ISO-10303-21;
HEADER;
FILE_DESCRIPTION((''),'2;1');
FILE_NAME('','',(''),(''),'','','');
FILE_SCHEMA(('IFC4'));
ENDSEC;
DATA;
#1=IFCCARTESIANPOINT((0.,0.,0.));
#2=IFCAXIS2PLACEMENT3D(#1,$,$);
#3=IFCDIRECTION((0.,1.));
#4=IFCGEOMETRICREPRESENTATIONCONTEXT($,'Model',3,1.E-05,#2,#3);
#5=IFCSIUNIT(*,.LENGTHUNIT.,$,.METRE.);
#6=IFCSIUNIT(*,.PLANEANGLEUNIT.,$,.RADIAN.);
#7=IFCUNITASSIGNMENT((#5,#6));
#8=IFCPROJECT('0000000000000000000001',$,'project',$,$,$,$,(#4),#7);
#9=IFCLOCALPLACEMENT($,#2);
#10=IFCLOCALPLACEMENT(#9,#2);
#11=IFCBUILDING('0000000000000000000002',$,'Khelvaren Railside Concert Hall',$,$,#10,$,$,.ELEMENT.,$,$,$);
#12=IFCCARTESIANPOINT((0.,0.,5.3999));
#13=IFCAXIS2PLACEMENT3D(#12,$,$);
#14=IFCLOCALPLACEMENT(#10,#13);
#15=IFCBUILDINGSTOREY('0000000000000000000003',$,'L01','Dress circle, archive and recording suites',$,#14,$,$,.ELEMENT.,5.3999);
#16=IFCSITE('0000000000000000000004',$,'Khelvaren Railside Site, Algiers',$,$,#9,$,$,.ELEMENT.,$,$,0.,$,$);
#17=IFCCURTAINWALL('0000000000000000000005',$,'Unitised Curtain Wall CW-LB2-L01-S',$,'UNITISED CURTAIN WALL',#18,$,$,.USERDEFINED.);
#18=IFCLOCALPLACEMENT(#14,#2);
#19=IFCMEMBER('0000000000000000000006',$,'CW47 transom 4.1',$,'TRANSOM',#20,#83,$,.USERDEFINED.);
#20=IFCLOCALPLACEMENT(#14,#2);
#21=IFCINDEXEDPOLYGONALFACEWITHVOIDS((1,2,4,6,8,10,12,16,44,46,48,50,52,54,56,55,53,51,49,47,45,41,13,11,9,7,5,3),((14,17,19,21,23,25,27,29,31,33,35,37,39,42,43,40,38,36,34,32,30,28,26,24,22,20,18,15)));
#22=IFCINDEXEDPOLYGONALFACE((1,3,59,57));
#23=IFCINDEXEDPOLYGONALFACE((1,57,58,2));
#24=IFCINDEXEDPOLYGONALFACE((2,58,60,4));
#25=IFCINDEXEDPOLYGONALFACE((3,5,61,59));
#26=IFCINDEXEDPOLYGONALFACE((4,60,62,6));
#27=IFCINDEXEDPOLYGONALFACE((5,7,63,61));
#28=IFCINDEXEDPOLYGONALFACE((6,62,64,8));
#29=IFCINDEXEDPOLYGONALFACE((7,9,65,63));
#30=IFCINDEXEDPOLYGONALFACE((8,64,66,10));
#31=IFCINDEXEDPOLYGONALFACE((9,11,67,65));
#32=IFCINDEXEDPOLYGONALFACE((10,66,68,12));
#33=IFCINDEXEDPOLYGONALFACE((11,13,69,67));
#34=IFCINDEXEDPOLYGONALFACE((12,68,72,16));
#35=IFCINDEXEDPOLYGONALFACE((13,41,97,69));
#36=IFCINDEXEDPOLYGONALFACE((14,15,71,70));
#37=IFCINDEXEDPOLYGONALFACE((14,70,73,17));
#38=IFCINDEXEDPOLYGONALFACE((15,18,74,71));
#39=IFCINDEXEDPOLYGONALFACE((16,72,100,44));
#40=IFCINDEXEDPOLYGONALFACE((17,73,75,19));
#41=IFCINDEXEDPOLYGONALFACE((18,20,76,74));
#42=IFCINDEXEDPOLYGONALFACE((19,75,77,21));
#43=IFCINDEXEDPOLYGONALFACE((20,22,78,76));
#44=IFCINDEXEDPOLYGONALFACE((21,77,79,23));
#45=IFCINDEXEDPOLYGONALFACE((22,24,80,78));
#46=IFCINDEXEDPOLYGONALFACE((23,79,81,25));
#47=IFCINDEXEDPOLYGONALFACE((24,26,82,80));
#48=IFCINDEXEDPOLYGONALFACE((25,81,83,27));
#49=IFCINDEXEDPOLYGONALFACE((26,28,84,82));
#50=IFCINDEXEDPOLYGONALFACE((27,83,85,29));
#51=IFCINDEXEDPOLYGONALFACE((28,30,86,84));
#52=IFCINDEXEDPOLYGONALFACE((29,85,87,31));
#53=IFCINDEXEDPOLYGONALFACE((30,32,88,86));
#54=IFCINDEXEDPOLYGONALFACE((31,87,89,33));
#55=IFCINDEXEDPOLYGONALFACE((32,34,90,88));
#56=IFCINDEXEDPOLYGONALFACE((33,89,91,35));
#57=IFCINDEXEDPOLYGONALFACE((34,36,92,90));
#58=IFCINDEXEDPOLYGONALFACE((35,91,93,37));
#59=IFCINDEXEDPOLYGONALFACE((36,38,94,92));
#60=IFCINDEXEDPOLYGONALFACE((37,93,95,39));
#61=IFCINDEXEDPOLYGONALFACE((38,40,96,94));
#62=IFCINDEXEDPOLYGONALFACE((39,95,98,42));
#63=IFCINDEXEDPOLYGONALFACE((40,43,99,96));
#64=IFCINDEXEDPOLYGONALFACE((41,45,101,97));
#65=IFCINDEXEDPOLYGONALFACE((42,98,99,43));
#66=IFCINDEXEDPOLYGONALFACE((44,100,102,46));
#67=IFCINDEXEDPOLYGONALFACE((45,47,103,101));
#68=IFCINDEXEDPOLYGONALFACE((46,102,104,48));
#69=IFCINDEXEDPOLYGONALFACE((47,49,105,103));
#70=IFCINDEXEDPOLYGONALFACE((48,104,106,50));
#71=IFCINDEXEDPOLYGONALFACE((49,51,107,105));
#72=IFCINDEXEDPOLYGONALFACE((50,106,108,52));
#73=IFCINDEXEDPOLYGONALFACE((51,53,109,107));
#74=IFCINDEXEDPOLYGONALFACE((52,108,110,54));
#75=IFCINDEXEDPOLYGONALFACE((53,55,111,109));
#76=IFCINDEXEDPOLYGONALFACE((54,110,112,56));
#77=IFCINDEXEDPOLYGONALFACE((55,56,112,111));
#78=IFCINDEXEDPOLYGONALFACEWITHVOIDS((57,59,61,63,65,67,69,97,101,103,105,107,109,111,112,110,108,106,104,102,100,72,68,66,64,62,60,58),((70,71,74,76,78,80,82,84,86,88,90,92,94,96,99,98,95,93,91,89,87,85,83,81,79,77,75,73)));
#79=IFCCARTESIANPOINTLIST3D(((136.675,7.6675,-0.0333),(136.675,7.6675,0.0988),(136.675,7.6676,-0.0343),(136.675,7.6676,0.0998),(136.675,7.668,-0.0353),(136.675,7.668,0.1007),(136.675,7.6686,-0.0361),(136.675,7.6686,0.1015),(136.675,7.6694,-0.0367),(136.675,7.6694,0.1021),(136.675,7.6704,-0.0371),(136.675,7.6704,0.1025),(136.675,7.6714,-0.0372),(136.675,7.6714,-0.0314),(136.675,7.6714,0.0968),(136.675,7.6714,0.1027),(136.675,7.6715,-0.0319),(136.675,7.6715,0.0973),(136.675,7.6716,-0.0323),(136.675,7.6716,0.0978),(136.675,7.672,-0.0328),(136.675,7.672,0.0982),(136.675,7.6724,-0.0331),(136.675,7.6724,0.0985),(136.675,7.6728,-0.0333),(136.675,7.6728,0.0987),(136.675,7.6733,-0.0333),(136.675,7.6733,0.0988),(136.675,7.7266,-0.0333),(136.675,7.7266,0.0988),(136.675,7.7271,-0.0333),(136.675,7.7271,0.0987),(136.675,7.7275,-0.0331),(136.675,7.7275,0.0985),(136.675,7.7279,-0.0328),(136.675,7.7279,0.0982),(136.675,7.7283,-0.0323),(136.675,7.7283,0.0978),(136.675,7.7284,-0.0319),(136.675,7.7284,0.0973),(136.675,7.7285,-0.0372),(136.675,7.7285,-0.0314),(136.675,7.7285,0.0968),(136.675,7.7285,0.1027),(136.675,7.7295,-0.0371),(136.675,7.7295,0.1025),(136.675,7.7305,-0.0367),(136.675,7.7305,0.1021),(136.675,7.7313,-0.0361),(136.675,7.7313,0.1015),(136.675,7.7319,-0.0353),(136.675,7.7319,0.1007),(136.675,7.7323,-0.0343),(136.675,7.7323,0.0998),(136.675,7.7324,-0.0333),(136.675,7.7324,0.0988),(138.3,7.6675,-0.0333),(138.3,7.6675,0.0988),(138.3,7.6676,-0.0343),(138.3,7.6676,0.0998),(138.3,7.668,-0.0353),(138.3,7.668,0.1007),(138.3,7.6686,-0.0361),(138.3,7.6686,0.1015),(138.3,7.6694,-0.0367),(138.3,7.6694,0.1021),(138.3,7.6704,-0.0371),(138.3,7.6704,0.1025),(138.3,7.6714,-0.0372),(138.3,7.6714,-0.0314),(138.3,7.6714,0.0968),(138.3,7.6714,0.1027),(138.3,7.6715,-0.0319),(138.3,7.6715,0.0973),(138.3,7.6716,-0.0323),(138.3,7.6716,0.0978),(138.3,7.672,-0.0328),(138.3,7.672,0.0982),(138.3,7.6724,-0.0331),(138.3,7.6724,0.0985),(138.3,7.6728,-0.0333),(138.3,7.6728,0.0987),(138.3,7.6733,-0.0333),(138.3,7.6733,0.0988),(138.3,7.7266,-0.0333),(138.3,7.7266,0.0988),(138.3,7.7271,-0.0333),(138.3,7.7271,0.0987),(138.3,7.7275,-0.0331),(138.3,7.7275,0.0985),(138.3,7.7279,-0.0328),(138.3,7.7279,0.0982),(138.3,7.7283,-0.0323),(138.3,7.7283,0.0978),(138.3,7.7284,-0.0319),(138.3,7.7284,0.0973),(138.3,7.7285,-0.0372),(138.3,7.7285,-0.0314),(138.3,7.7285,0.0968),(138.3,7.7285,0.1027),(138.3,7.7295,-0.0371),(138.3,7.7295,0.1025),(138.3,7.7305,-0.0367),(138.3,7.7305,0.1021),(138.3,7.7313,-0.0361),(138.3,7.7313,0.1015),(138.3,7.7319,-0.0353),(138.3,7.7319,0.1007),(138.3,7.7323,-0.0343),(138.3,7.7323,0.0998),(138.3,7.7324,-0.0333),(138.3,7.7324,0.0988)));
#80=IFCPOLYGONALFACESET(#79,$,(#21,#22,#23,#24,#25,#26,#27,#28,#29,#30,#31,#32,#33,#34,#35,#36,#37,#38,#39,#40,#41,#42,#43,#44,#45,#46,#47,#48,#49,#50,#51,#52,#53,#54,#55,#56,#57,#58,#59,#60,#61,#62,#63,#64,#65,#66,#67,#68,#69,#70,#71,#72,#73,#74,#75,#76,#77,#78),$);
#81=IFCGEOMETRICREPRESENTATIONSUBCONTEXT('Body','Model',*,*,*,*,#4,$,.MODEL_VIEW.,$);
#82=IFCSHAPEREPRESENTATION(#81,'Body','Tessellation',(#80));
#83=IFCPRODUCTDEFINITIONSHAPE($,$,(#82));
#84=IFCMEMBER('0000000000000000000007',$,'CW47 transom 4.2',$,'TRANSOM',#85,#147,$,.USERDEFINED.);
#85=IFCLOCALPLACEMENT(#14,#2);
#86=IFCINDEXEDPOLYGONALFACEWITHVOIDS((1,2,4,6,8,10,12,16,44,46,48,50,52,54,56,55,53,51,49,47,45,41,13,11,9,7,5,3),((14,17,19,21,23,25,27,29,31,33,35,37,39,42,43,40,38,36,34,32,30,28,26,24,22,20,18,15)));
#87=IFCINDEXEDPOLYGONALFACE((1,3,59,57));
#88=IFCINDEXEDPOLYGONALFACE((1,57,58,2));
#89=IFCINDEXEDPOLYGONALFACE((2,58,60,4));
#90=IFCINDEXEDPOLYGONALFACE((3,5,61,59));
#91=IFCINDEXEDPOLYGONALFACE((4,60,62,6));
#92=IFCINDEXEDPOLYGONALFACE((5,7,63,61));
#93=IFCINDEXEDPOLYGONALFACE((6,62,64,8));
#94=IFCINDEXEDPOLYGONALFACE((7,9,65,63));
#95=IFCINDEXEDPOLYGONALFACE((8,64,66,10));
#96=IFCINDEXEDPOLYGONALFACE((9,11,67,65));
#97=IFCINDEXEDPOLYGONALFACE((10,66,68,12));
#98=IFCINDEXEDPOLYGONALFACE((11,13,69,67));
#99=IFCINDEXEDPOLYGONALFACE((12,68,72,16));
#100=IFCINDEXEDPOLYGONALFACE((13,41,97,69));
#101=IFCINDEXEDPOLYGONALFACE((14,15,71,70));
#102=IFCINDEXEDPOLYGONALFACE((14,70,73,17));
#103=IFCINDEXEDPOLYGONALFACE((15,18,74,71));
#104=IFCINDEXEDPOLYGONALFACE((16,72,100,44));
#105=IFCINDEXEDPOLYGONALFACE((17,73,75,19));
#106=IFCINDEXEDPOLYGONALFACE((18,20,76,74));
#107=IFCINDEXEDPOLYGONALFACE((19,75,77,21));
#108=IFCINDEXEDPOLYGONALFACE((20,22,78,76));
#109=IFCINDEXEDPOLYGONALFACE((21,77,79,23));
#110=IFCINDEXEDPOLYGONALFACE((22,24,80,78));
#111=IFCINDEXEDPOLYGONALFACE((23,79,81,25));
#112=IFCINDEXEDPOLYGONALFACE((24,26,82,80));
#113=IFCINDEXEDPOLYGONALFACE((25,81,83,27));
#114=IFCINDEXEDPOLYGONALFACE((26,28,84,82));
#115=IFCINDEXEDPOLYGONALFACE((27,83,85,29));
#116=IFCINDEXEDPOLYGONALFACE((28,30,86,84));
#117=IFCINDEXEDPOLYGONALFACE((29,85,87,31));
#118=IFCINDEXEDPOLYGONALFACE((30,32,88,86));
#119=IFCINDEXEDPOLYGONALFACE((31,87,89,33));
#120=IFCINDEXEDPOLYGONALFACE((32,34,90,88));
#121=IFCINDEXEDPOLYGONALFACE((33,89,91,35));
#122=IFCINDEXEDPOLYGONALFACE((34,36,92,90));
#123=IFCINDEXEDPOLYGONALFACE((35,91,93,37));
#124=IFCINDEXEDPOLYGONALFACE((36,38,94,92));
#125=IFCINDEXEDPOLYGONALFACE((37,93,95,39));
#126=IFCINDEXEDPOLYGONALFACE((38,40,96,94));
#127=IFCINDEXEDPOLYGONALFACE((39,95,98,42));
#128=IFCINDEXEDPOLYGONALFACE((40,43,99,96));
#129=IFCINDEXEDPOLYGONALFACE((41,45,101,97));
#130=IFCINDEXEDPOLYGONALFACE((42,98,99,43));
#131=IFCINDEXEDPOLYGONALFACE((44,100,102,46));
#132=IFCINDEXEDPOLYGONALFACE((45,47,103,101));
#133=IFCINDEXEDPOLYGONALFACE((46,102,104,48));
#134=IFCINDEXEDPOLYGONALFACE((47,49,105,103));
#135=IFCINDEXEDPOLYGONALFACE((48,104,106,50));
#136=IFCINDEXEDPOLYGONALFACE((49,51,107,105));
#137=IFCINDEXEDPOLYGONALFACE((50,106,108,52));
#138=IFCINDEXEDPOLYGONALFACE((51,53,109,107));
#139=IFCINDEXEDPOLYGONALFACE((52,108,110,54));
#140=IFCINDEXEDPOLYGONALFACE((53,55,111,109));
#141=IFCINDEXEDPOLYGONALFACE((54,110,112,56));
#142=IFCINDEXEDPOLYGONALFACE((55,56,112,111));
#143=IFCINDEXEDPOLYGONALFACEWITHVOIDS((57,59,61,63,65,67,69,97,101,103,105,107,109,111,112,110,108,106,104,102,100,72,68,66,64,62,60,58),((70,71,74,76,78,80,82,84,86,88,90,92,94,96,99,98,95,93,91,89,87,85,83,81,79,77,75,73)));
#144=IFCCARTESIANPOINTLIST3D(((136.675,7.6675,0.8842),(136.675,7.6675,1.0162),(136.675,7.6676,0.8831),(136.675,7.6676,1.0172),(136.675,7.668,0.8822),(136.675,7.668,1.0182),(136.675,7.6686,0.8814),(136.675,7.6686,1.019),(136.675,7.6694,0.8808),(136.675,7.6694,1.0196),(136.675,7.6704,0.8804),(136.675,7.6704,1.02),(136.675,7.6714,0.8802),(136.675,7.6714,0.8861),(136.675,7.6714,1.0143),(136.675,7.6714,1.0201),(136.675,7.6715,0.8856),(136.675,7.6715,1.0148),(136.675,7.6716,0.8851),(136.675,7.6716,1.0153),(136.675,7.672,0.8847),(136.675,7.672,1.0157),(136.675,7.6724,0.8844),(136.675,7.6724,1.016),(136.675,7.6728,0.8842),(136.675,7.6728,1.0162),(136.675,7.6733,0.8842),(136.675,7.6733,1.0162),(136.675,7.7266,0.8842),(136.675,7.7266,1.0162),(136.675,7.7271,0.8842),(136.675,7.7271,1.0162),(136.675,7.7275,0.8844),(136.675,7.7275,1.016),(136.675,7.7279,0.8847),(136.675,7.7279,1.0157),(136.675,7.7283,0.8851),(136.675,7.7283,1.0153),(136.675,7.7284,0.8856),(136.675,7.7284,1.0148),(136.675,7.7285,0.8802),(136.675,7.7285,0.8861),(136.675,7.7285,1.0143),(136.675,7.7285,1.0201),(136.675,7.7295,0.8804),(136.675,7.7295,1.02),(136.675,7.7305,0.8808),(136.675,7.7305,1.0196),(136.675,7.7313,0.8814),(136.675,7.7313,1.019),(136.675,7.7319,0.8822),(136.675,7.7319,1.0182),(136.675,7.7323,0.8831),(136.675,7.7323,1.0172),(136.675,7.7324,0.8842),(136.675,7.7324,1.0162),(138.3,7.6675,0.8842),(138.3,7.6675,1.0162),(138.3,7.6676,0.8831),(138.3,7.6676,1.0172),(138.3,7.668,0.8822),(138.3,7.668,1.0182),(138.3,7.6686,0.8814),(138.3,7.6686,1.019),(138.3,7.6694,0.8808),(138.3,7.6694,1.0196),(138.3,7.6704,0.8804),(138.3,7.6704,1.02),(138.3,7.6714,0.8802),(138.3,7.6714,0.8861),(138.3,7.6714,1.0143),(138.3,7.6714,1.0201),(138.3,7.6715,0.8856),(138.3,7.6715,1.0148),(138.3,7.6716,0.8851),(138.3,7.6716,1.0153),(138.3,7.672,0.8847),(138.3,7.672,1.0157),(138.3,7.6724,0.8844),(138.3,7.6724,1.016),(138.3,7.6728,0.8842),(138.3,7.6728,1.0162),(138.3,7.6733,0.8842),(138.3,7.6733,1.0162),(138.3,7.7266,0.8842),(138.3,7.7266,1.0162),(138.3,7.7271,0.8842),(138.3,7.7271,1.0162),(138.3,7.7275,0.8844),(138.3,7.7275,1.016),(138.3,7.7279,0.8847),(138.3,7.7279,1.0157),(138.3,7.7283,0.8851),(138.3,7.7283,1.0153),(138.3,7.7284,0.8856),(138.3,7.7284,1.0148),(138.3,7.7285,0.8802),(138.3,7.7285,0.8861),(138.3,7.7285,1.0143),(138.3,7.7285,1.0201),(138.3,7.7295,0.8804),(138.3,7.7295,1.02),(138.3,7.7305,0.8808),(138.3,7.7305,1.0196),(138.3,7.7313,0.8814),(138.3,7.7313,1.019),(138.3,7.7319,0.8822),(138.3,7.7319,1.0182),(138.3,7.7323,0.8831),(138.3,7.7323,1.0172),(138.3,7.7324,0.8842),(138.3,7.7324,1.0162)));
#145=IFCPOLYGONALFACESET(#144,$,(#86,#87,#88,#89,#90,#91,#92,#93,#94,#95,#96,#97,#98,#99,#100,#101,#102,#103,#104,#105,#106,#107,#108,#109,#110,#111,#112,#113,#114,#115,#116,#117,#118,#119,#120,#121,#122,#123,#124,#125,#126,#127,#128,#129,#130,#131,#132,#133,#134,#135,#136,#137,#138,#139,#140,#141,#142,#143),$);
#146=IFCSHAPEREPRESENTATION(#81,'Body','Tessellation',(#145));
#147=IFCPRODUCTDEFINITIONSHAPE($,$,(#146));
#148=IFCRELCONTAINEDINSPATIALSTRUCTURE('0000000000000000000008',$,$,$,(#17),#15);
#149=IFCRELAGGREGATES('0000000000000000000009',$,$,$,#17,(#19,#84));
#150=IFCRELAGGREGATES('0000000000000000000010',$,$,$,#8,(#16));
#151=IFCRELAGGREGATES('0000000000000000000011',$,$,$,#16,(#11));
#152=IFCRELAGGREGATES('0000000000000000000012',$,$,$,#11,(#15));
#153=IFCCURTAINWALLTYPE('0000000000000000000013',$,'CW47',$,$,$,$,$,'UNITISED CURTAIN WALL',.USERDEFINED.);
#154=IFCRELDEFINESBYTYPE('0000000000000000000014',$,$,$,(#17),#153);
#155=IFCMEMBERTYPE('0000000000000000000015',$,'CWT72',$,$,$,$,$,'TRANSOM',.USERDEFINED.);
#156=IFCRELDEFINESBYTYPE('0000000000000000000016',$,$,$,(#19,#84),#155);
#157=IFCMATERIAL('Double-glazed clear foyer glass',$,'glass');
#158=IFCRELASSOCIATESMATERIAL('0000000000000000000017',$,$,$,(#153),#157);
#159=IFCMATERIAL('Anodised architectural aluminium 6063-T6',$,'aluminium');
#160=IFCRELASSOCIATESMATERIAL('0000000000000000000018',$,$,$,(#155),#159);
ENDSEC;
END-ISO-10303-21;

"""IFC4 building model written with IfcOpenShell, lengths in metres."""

from ifc_helpers import new_model, si_unit, direction, frame, origin, origin_2d, place, context, subcontext, project, spatial, hollow_rectangle, extrude, material, material_profile, profile_set, type_object, element, aggregate, save


model = new_model("IFC4")

# Units and contexts
model_context = context("Model", 3, precision=1e-05, world=origin(), true_north=direction((0.0, 1.0)))
body_context = subcontext(model_context, "Body", "Model", "MODEL_VIEW")
ifc_project = project(units=[si_unit("LENGTHUNIT", "METRE"), si_unit("PLANEANGLEUNIT", "RADIAN")], contexts=[model_context])

# Site, building, storey
site_placement = place(None, origin())
site = spatial("IfcSite", under=ifc_project, at=site_placement, Name="Khelvaren Railside Site, Algiers", CompositionType="ELEMENT", RefElevation=0.0)
building_placement = place(site_placement, origin())
building = spatial("IfcBuilding", under=site, at=building_placement, Name="Khelvaren Railside Concert Hall", CompositionType="ELEMENT")
storey_placement = place(building_placement, frame((0.0, 0.0, 5.3999)))
storey = spatial("IfcBuildingStorey", under=building, at=storey_placement, Name="L01", Description="Dress circle, archive and recording suites", CompositionType="ELEMENT", Elevation=5.3999)

# Curtain wall
ifc_material_1 = material(Name="Double-glazed clear foyer glass", Category="glass")
curtain_wall_type_1 = type_object("IfcCurtainWallType", Name="CW47", ElementType="UNITISED CURTAIN WALL", PredefinedType="USERDEFINED", material=ifc_material_1)
curtain_wall_1_placement = place(storey_placement, origin())
curtain_wall_1 = element("IfcCurtainWall", 1, at=curtain_wall_1_placement, inside=storey, type_object=curtain_wall_type_1, Name="Unitised Curtain Wall CW-LB2-L01-S", ObjectType="UNITISED CURTAIN WALL", PredefinedType="USERDEFINED")
ifc_material_2 = material(Name="Anodised architectural aluminium 6063-T6", Category="aluminium")

# Members
ifc_material_profile_1 = material_profile(ifc_material_2, hollow_rectangle(XDim=0.0649, YDim=0.1399, WallThickness=0.0039, InnerFilletRadius=0.002, OuterFilletRadius=0.0039, at=origin_2d()), Name="CWT 65x140x4")
ifc_profile_set_1 = profile_set([ifc_material_profile_1], Name="Anodised architectural aluminium 6063-T6")
member_type_1 = type_object("IfcMemberType", Name="CWT72", ElementType="TRANSOM", PredefinedType="USERDEFINED", material=ifc_profile_set_1)
member_1_placement = place(storey_placement, frame((138.3, 7.7, 0.0327), z_axis=(-1.0, 0.0, 0.0), x_axis=(0.0, -1.0, 0.0)))
member_1 = element("IfcMember", 2, at=member_1_placement, type_object=member_type_1, Name="CW47 transom 4.1", ObjectType="TRANSOM", PredefinedType="USERDEFINED", context=body_context, shape_type="SweptSolid", body=[
    extrude(hollow_rectangle(XDim=0.0649, YDim=0.1399, WallThickness=0.0039, InnerFilletRadius=0.002, OuterFilletRadius=0.0039, at=origin_2d()), origin(), (0.0, 0.0, 1.0), 1.625),
])
member_2_placement = place(storey_placement, frame((138.3, 7.7, 0.9502), z_axis=(-1.0, 0.0, 0.0), x_axis=(0.0, -1.0, 0.0)))
member_2 = element("IfcMember", 3, at=member_2_placement, type_object=member_type_1, Name="CW47 transom 4.2", ObjectType="TRANSOM", PredefinedType="USERDEFINED", context=body_context, shape_type="SweptSolid", body=[
    extrude(hollow_rectangle(XDim=0.0649, YDim=0.1399, WallThickness=0.0039, InnerFilletRadius=0.002, OuterFilletRadius=0.0039, at=origin_2d()), origin(), (0.0, 0.0, 1.0), 1.625),
])

aggregate(curtain_wall_1, [member_1, member_2])

save(model, "model.ifc")
